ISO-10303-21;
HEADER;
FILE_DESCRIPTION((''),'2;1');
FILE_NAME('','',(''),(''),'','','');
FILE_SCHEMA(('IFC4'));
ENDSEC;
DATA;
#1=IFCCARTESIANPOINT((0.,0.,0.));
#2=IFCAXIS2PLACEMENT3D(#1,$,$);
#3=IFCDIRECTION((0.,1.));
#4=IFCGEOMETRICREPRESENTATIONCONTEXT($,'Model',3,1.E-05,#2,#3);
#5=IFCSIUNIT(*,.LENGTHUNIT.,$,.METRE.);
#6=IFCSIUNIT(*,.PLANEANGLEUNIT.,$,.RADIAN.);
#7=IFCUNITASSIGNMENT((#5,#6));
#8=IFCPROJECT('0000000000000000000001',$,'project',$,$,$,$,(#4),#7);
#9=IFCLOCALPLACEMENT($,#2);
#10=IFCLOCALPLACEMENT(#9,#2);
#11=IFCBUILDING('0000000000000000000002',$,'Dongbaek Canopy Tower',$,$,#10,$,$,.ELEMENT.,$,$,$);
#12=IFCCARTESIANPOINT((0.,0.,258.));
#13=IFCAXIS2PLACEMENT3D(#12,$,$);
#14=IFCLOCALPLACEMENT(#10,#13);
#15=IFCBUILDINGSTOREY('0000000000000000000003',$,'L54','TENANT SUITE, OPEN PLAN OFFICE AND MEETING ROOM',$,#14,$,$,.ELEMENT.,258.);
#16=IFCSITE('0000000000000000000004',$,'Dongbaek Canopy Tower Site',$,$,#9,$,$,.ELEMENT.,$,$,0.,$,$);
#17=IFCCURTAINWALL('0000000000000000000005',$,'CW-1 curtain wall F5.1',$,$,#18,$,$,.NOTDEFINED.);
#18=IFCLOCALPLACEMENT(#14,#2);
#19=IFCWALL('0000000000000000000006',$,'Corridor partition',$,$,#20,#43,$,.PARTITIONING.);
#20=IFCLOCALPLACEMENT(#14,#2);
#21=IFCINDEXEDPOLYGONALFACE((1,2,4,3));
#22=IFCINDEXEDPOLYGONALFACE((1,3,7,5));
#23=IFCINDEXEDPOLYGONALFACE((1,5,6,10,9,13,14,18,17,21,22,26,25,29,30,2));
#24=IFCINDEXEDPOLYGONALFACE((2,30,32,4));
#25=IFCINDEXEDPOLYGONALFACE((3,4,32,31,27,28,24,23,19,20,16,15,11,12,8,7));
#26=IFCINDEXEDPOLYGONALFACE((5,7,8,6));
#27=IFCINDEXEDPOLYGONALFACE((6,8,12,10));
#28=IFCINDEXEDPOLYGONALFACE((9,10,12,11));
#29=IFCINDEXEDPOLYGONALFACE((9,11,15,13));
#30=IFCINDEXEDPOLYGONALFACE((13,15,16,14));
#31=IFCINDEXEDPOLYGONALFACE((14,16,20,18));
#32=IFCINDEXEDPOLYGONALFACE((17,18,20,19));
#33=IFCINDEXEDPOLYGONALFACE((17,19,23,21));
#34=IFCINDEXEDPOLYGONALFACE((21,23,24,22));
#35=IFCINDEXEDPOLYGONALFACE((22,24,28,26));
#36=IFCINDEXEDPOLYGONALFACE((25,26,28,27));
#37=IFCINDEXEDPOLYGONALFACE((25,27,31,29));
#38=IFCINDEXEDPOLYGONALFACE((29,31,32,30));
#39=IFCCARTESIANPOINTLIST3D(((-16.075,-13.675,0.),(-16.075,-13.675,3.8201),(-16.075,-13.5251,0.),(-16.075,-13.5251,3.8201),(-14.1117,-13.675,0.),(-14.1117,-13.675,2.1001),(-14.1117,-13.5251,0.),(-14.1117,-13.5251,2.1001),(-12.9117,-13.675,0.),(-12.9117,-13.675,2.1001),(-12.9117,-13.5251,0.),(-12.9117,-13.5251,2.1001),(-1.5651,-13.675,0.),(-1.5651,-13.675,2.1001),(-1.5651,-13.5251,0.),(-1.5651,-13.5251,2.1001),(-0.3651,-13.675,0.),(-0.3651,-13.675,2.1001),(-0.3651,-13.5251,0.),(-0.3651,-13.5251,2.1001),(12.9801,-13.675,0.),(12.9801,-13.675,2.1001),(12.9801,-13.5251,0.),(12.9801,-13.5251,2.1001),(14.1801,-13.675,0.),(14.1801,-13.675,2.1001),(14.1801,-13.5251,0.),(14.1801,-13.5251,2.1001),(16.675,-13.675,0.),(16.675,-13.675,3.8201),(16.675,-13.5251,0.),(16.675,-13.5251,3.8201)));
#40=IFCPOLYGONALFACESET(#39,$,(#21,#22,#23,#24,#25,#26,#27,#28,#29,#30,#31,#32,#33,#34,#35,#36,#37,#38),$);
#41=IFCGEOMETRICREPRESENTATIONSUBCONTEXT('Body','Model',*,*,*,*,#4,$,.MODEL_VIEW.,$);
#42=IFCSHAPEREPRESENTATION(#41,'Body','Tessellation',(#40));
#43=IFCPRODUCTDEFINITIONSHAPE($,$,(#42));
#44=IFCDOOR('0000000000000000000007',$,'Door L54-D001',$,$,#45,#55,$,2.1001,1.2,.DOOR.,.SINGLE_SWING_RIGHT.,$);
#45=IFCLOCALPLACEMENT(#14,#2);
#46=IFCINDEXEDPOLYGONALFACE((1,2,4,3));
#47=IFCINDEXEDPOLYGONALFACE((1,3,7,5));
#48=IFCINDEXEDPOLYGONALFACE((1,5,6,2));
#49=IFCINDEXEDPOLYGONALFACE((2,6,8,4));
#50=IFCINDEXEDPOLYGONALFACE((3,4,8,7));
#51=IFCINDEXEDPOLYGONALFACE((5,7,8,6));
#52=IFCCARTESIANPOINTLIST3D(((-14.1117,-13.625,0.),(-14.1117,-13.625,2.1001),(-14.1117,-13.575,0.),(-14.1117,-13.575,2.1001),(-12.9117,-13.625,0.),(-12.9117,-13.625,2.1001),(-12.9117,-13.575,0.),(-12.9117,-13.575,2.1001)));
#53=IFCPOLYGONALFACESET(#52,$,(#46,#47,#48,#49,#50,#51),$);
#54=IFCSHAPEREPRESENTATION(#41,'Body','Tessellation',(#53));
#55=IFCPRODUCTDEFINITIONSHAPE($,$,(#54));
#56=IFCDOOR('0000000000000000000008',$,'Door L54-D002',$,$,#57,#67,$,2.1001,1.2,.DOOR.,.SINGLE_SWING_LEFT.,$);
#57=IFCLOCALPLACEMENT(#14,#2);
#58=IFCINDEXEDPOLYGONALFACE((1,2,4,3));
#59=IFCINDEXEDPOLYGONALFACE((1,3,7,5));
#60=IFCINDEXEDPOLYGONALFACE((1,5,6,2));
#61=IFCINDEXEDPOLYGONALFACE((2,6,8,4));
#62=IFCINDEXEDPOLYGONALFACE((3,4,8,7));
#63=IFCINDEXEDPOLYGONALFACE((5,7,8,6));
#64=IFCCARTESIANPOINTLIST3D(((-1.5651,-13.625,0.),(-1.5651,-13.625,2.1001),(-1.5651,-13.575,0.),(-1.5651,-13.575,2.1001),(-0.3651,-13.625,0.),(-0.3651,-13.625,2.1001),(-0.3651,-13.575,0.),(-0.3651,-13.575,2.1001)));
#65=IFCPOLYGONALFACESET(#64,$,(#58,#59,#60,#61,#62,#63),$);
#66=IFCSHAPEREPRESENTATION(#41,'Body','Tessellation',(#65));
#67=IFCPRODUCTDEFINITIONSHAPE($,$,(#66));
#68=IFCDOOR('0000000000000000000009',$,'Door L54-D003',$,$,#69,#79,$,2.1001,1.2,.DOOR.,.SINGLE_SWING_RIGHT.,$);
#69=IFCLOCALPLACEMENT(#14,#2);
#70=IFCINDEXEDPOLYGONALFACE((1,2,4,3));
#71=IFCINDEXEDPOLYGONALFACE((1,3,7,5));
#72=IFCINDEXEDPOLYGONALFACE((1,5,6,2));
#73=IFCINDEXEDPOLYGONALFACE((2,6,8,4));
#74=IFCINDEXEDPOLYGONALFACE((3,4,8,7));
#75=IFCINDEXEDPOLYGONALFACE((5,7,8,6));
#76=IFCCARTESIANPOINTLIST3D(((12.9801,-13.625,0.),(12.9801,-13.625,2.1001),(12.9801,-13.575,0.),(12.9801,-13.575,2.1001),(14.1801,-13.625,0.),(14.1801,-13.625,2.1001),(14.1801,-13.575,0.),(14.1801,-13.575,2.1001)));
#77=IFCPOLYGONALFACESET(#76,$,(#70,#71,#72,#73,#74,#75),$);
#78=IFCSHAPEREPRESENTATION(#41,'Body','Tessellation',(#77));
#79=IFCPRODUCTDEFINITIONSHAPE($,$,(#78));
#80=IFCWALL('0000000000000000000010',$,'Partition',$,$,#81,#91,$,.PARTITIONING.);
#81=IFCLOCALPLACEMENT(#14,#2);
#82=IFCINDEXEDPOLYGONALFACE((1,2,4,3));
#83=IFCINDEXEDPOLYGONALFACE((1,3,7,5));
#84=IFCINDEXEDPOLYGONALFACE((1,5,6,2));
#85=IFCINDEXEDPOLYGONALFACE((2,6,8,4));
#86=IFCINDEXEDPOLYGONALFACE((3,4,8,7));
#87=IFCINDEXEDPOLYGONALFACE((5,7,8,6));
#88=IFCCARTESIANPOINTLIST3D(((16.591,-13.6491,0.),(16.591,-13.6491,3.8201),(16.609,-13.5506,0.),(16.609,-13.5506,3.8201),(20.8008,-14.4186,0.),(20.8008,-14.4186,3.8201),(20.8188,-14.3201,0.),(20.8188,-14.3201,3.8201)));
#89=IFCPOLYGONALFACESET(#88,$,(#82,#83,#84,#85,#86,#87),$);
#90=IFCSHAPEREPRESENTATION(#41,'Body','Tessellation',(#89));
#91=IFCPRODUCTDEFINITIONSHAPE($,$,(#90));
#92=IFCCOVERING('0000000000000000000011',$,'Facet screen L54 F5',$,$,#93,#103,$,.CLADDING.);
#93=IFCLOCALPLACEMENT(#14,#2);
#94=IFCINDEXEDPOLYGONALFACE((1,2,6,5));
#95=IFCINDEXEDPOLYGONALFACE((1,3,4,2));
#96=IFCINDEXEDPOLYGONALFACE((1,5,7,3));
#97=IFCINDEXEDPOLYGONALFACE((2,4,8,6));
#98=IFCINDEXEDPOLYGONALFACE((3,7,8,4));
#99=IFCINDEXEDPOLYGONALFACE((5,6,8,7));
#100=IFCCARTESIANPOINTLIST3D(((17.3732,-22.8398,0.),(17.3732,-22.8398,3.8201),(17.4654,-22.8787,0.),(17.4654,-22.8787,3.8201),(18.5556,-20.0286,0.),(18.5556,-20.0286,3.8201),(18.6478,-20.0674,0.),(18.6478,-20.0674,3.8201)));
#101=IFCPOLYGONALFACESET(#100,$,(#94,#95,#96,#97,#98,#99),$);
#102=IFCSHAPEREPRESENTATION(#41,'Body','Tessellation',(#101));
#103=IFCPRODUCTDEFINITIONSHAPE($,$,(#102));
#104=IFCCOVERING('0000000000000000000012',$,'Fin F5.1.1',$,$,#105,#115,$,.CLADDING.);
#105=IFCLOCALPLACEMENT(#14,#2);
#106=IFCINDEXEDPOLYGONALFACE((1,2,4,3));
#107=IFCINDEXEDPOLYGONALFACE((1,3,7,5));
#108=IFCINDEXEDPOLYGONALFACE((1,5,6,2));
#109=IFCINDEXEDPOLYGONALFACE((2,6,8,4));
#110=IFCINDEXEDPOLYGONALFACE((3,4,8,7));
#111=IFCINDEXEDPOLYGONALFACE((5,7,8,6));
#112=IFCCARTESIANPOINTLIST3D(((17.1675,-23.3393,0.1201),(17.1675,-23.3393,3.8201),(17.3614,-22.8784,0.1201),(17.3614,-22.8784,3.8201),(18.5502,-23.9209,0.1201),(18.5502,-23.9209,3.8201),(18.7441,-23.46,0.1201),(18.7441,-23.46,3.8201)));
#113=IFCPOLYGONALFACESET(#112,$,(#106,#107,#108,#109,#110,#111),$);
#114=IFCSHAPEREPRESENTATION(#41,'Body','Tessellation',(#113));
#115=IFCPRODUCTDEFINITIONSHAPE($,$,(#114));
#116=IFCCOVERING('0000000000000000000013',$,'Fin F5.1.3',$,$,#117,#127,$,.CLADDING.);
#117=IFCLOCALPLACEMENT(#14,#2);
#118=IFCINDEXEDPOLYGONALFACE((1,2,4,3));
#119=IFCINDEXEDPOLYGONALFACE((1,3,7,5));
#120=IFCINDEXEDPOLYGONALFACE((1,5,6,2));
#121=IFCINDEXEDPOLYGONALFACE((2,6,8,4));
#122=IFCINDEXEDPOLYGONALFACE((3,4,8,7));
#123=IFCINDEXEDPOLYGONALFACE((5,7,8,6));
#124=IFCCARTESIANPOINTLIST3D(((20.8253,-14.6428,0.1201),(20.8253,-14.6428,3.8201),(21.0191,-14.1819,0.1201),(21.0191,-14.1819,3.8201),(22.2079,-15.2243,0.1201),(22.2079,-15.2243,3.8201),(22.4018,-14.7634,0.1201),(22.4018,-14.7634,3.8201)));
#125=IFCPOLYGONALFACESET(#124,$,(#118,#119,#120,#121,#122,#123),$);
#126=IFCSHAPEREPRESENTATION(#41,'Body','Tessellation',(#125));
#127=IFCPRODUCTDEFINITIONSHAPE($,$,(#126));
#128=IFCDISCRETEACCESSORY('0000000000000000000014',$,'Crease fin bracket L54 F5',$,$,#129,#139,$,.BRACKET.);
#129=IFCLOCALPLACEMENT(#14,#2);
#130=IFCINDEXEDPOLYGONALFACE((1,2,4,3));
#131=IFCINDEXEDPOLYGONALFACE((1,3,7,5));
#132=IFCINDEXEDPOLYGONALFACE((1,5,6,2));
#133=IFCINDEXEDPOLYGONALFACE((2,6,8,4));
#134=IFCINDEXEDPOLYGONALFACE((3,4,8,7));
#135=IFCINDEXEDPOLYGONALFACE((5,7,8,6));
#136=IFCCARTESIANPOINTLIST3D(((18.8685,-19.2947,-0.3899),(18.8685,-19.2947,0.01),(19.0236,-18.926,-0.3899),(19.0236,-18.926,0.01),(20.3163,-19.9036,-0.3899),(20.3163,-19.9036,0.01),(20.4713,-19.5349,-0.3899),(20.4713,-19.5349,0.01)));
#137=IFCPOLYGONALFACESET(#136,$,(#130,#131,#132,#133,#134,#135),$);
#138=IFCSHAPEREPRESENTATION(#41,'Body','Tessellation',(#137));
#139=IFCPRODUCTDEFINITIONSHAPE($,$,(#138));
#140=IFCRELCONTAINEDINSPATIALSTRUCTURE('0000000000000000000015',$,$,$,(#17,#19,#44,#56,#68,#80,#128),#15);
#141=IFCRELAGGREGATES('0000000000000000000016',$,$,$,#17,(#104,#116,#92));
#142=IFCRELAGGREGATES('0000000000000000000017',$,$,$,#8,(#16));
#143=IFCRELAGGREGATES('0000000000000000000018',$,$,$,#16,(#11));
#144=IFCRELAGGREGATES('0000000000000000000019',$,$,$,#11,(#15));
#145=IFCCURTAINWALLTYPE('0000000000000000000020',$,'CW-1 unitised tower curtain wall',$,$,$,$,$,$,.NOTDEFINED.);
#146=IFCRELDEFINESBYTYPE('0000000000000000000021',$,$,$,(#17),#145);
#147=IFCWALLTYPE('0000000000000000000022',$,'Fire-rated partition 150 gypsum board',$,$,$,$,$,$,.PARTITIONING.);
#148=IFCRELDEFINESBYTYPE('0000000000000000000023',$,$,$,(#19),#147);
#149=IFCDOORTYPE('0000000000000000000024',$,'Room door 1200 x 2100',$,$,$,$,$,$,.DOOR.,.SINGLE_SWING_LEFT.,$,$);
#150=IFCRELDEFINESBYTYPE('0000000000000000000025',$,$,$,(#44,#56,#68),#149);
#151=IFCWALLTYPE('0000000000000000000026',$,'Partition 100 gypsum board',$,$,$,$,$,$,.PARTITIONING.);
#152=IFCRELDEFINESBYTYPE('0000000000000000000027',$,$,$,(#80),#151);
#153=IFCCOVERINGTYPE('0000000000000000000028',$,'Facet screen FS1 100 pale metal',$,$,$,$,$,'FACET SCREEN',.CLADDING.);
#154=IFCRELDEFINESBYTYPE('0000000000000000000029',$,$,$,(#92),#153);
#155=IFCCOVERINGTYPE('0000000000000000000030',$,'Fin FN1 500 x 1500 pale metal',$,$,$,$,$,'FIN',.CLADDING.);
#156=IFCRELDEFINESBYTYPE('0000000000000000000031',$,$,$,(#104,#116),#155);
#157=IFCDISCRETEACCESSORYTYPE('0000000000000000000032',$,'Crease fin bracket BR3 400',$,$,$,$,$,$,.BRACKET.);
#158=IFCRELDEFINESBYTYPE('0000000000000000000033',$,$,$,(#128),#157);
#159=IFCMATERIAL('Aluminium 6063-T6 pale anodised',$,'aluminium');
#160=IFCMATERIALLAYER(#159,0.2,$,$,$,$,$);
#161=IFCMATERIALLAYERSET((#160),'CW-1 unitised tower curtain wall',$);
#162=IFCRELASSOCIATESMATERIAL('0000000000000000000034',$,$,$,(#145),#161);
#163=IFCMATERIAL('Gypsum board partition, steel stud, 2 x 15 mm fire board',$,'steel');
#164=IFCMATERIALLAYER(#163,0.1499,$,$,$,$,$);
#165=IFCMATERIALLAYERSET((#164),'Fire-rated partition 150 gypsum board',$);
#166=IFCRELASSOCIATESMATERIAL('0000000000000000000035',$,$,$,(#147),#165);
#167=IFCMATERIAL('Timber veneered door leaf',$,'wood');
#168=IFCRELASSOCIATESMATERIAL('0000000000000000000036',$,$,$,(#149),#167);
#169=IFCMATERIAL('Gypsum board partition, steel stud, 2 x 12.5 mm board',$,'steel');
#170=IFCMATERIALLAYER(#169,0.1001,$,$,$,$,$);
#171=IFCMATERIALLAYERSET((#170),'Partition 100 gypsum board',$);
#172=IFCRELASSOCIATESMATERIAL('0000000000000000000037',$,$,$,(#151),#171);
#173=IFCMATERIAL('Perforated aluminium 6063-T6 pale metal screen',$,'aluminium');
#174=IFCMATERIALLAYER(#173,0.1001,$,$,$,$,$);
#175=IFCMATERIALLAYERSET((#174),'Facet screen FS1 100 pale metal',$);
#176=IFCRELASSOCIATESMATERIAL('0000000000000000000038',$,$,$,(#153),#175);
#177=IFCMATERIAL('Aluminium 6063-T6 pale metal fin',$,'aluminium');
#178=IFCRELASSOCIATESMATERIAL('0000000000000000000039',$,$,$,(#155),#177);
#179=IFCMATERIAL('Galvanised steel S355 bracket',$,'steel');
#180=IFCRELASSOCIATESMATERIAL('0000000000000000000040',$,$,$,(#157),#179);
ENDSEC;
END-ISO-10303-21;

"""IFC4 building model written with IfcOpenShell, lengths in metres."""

from ifc_helpers import new_model, si_unit, direction, frame, frame_2d, origin, origin_2d, place, context, subcontext, project, spatial, rectangle, extrude, material, layer, layer_set, material_profile, profile_set, type_object, element, fill, aggregate, save


model = new_model("IFC4")

# Units and contexts
model_context = context("Model", 3, precision=1e-05, world=origin(), true_north=direction((0.0, 1.0)))
body_context = subcontext(model_context, "Body", "Model", "MODEL_VIEW")
ifc_project = project(units=[si_unit("LENGTHUNIT", "METRE"), si_unit("PLANEANGLEUNIT", "RADIAN")], contexts=[model_context])

# Site, building, storey
site_placement = place(None, origin())
site = spatial("IfcSite", under=ifc_project, at=site_placement, Name="Dongbaek Canopy Tower Site", CompositionType="ELEMENT", RefElevation=0.0)
building_placement = place(site_placement, origin())
building = spatial("IfcBuilding", under=site, at=building_placement, Name="Dongbaek Canopy Tower", CompositionType="ELEMENT")
storey_placement = place(building_placement, frame((0.0, 0.0, 258.0)))
storey = spatial("IfcBuildingStorey", under=building, at=storey_placement, Name="L54", Description="TENANT SUITE, OPEN PLAN OFFICE AND MEETING ROOM", CompositionType="ELEMENT", Elevation=258.0)

# Curtain wall
ifc_material_1 = material(Name="Aluminium 6063-T6 pale anodised", Category="aluminium")
ifc_layer_1 = layer(ifc_material_1, 0.2)
ifc_layer_set_1 = layer_set([ifc_layer_1], Name="CW-1 unitised tower curtain wall")
curtain_wall_type = type_object("IfcCurtainWallType", Name="CW-1 unitised tower curtain wall", PredefinedType="NOTDEFINED", material=ifc_layer_set_1)
curtain_wall_1_placement = place(storey_placement, origin())
curtain_wall_1 = element("IfcCurtainWall", 1, at=curtain_wall_1_placement, inside=storey, type_object=curtain_wall_type, Name="CW-1 curtain wall F5.1", PredefinedType="NOTDEFINED")

# Wall, openings, doors
ifc_material_2 = material(Name="Gypsum board partition, steel stud, 2 x 15 mm fire board", Category="steel")
ifc_layer_2 = layer(ifc_material_2, 0.1499)
ifc_layer_set_2 = layer_set([ifc_layer_2], Name="Fire-rated partition 150 gypsum board")
wall_type_1 = type_object("IfcWallType", Name="Fire-rated partition 150 gypsum board", PredefinedType="PARTITIONING", material=ifc_layer_set_2)
wall_1_placement = place(storey_placement, frame((16.675, -13.6001, 0.0), z_axis=(0.0, 0.0, 1.0), x_axis=(-1.0, 0.0, 0.0)))
wall_1 = element("IfcWall", 2, at=wall_1_placement, inside=storey, type_object=wall_type_1, Name="Corridor partition", PredefinedType="PARTITIONING", context=body_context, shape_type="SweptSolid", body=[
    extrude(rectangle(XDim=32.75, YDim=0.1499, at=frame_2d((16.375, 0.0))), origin(), (0.0, 0.0, 1.0), 3.8201),
])
opening_1_placement = place(wall_1_placement, frame((29.5867, 0.0, 0.0)))
opening_1 = element("IfcOpeningElement", 3, at=opening_1_placement, cuts=wall_1, PredefinedType="OPENING", context=body_context, shape_type="SweptSolid", body=[
    extrude(rectangle(XDim=1.2, YDim=2.1001, at=frame_2d((0.6001, 1.05))), frame((0.0, 0.085, 0.0), z_axis=(0.0, -1.0, 0.0), x_axis=(1.0, 0.0, 0.0)), (0.0, 0.0, 1.0), 0.1699),
])
opening_2_placement = place(wall_1_placement, frame((17.04, 0.0, 0.0)))
opening_2 = element("IfcOpeningElement", 4, at=opening_2_placement, cuts=wall_1, PredefinedType="OPENING", context=body_context, shape_type="SweptSolid", body=[
    extrude(rectangle(XDim=1.2, YDim=2.1001, at=frame_2d((0.6001, 1.05))), frame((0.0, 0.085, 0.0), z_axis=(0.0, -1.0, 0.0), x_axis=(1.0, 0.0, 0.0)), (0.0, 0.0, 1.0), 0.1699),
])
opening_3_placement = place(wall_1_placement, frame((2.4949, 0.0, 0.0)))
opening_3 = element("IfcOpeningElement", 5, at=opening_3_placement, cuts=wall_1, PredefinedType="OPENING", context=body_context, shape_type="SweptSolid", body=[
    extrude(rectangle(XDim=1.2, YDim=2.1001, at=frame_2d((0.6001, 1.05))), frame((0.0, 0.085, 0.0), z_axis=(0.0, -1.0, 0.0), x_axis=(1.0, 0.0, 0.0)), (0.0, 0.0, 1.0), 0.1699),
])
ifc_material_3 = material(Name="Timber veneered door leaf", Category="wood")
door_type = type_object("IfcDoorType", Name="Room door 1200 x 2100", OperationType="SINGLE_SWING_LEFT", PredefinedType="DOOR", material=ifc_material_3)
door_1_placement = place(opening_1_placement, origin())
door_1 = element("IfcDoor", 6, at=door_1_placement, inside=storey, type_object=door_type, Name="Door L54-D001", OperationType="SINGLE_SWING_RIGHT", OverallHeight=2.1001, OverallWidth=1.2, PredefinedType="DOOR", context=body_context, shape_type="SweptSolid", body=[
    extrude(rectangle(XDim=1.2, YDim=2.1001, at=frame_2d((0.6001, 1.05))), frame((0.0, 0.0249, 0.0), z_axis=(0.0, -1.0, 0.0), x_axis=(1.0, 0.0, 0.0)), (0.0, 0.0, 1.0), 0.05),
])
fill(opening_1, door_1)
door_2_placement = place(opening_2_placement, origin())
door_2 = element("IfcDoor", 7, at=door_2_placement, inside=storey, type_object=door_type, Name="Door L54-D002", OperationType="SINGLE_SWING_LEFT", OverallHeight=2.1001, OverallWidth=1.2, PredefinedType="DOOR", context=body_context, shape_type="SweptSolid", body=[
    extrude(rectangle(XDim=1.2, YDim=2.1001, at=frame_2d((0.6001, 1.05))), frame((0.0, 0.0249, 0.0), z_axis=(0.0, -1.0, 0.0), x_axis=(1.0, 0.0, 0.0)), (0.0, 0.0, 1.0), 0.05),
])
fill(opening_2, door_2)
door_3_placement = place(opening_3_placement, origin())
door_3 = element("IfcDoor", 8, at=door_3_placement, inside=storey, type_object=door_type, Name="Door L54-D003", OperationType="SINGLE_SWING_RIGHT", OverallHeight=2.1001, OverallWidth=1.2, PredefinedType="DOOR", context=body_context, shape_type="SweptSolid", body=[
    extrude(rectangle(XDim=1.2, YDim=2.1001, at=frame_2d((0.6001, 1.05))), frame((0.0, 0.0249, 0.0), z_axis=(0.0, -1.0, 0.0), x_axis=(1.0, 0.0, 0.0)), (0.0, 0.0, 1.0), 0.05),
])
fill(opening_3, door_3)

# Wall
ifc_material_4 = material(Name="Gypsum board partition, steel stud, 2 x 12.5 mm board", Category="steel")
ifc_layer_3 = layer(ifc_material_4, 0.1001)
ifc_layer_set_3 = layer_set([ifc_layer_3], Name="Partition 100 gypsum board")
wall_type_2 = type_object("IfcWallType", Name="Partition 100 gypsum board", PredefinedType="PARTITIONING", material=ifc_layer_set_3)
wall_2_placement = place(storey_placement, frame((16.6001, -13.5999, 0.0), z_axis=(0.0, 0.0, 1.0), x_axis=(0.9837, -0.179819, 0.0)))
element("IfcWall", 9, at=wall_2_placement, inside=storey, type_object=wall_type_2, Name="Partition", PredefinedType="PARTITIONING", context=body_context, shape_type="SweptSolid", body=[
    extrude(rectangle(XDim=4.2795, YDim=0.1001, at=frame_2d((2.1396, 0.0))), origin(), (0.0, 0.0, 1.0), 3.8201),
])

# Coverings
ifc_material_5 = material(Name="Perforated aluminium 6063-T6 pale metal screen", Category="aluminium")
ifc_layer_4 = layer(ifc_material_5, 0.1001)
ifc_layer_set_4 = layer_set([ifc_layer_4], Name="Facet screen FS1 100 pale metal")
covering_type_1 = type_object("IfcCoveringType", Name="Facet screen FS1 100 pale metal", ElementType="FACET SCREEN", PredefinedType="CLADDING", material=ifc_layer_set_4)
covering_1_placement = place(storey_placement, frame((18.0105, -21.4536, 0.0), z_axis=(0.0, 0.0, 1.0), x_axis=(0.387696, 0.921787, 0.0)))
covering_1 = element("IfcCovering", 10, at=covering_1_placement, type_object=covering_type_1, Name="Facet screen L54 F5", PredefinedType="CLADDING", context=body_context, shape_type="SweptSolid", body=[
    extrude(rectangle(XDim=3.0498, YDim=0.1001, at=origin_2d()), origin(), (0.0, 0.0, 1.0), 3.8201),
])
ifc_material_6 = material(Name="Aluminium 6063-T6 pale metal fin", Category="aluminium")
ifc_material_profile_1 = material_profile(ifc_material_6, rectangle(XDim=1.5, YDim=0.5, at=origin_2d()), Name="Fin FN1 500 x 1500 pale metal")
ifc_profile_set_1 = profile_set([ifc_material_profile_1], Name="Aluminium 6063-T6 pale metal fin")
covering_type_2 = type_object("IfcCoveringType", Name="Fin FN1 500 x 1500 pale metal", ElementType="FIN", PredefinedType="CLADDING", material=ifc_profile_set_1)
covering_2_placement = place(storey_placement, frame((17.9558, -23.3997, 0.1201), z_axis=(0.0, 0.0, 1.0), x_axis=(0.921787, -0.387696, 0.0)))
covering_2 = element("IfcCovering", 11, at=covering_2_placement, type_object=covering_type_2, Name="Fin F5.1.1", PredefinedType="CLADDING", context=body_context, shape_type="SweptSolid", body=[
    extrude(rectangle(XDim=1.5, YDim=0.5, at=origin_2d()), origin(), (0.0, 0.0, 1.0), 3.7),
])
covering_3_placement = place(storey_placement, frame((21.6135, -14.7031, 0.1201), z_axis=(0.0, 0.0, 1.0), x_axis=(0.921787, -0.387696, 0.0)))
covering_3 = element("IfcCovering", 12, at=covering_3_placement, type_object=covering_type_2, Name="Fin F5.1.3", PredefinedType="CLADDING", context=body_context, shape_type="SweptSolid", body=[
    extrude(rectangle(XDim=1.5, YDim=0.5, at=origin_2d()), origin(), (0.0, 0.0, 1.0), 3.7),
])
aggregate(curtain_wall_1, [covering_2, covering_3, covering_1])

# Discrete accessory
ifc_material_7 = material(Name="Galvanised steel S355 bracket", Category="steel")
discrete_accessory_type = type_object("IfcDiscreteAccessoryType", Name="Crease fin bracket BR3 400", PredefinedType="BRACKET", material=ifc_material_7)
discrete_accessory_placement = place(storey_placement, frame((19.6699, -19.4148, -0.3899), z_axis=(0.0, 0.0, 1.0), x_axis=(0.921787, -0.387696, 0.0)))
element("IfcDiscreteAccessory", 13, at=discrete_accessory_placement, inside=storey, type_object=discrete_accessory_type, Name="Crease fin bracket L54 F5", PredefinedType="BRACKET", context=body_context, shape_type="SweptSolid", body=[
    extrude(rectangle(XDim=1.5706, YDim=0.3999, at=origin_2d()), origin(), (0.0, 0.0, 1.0), 0.3999),
])

save(model, "model.ifc")
